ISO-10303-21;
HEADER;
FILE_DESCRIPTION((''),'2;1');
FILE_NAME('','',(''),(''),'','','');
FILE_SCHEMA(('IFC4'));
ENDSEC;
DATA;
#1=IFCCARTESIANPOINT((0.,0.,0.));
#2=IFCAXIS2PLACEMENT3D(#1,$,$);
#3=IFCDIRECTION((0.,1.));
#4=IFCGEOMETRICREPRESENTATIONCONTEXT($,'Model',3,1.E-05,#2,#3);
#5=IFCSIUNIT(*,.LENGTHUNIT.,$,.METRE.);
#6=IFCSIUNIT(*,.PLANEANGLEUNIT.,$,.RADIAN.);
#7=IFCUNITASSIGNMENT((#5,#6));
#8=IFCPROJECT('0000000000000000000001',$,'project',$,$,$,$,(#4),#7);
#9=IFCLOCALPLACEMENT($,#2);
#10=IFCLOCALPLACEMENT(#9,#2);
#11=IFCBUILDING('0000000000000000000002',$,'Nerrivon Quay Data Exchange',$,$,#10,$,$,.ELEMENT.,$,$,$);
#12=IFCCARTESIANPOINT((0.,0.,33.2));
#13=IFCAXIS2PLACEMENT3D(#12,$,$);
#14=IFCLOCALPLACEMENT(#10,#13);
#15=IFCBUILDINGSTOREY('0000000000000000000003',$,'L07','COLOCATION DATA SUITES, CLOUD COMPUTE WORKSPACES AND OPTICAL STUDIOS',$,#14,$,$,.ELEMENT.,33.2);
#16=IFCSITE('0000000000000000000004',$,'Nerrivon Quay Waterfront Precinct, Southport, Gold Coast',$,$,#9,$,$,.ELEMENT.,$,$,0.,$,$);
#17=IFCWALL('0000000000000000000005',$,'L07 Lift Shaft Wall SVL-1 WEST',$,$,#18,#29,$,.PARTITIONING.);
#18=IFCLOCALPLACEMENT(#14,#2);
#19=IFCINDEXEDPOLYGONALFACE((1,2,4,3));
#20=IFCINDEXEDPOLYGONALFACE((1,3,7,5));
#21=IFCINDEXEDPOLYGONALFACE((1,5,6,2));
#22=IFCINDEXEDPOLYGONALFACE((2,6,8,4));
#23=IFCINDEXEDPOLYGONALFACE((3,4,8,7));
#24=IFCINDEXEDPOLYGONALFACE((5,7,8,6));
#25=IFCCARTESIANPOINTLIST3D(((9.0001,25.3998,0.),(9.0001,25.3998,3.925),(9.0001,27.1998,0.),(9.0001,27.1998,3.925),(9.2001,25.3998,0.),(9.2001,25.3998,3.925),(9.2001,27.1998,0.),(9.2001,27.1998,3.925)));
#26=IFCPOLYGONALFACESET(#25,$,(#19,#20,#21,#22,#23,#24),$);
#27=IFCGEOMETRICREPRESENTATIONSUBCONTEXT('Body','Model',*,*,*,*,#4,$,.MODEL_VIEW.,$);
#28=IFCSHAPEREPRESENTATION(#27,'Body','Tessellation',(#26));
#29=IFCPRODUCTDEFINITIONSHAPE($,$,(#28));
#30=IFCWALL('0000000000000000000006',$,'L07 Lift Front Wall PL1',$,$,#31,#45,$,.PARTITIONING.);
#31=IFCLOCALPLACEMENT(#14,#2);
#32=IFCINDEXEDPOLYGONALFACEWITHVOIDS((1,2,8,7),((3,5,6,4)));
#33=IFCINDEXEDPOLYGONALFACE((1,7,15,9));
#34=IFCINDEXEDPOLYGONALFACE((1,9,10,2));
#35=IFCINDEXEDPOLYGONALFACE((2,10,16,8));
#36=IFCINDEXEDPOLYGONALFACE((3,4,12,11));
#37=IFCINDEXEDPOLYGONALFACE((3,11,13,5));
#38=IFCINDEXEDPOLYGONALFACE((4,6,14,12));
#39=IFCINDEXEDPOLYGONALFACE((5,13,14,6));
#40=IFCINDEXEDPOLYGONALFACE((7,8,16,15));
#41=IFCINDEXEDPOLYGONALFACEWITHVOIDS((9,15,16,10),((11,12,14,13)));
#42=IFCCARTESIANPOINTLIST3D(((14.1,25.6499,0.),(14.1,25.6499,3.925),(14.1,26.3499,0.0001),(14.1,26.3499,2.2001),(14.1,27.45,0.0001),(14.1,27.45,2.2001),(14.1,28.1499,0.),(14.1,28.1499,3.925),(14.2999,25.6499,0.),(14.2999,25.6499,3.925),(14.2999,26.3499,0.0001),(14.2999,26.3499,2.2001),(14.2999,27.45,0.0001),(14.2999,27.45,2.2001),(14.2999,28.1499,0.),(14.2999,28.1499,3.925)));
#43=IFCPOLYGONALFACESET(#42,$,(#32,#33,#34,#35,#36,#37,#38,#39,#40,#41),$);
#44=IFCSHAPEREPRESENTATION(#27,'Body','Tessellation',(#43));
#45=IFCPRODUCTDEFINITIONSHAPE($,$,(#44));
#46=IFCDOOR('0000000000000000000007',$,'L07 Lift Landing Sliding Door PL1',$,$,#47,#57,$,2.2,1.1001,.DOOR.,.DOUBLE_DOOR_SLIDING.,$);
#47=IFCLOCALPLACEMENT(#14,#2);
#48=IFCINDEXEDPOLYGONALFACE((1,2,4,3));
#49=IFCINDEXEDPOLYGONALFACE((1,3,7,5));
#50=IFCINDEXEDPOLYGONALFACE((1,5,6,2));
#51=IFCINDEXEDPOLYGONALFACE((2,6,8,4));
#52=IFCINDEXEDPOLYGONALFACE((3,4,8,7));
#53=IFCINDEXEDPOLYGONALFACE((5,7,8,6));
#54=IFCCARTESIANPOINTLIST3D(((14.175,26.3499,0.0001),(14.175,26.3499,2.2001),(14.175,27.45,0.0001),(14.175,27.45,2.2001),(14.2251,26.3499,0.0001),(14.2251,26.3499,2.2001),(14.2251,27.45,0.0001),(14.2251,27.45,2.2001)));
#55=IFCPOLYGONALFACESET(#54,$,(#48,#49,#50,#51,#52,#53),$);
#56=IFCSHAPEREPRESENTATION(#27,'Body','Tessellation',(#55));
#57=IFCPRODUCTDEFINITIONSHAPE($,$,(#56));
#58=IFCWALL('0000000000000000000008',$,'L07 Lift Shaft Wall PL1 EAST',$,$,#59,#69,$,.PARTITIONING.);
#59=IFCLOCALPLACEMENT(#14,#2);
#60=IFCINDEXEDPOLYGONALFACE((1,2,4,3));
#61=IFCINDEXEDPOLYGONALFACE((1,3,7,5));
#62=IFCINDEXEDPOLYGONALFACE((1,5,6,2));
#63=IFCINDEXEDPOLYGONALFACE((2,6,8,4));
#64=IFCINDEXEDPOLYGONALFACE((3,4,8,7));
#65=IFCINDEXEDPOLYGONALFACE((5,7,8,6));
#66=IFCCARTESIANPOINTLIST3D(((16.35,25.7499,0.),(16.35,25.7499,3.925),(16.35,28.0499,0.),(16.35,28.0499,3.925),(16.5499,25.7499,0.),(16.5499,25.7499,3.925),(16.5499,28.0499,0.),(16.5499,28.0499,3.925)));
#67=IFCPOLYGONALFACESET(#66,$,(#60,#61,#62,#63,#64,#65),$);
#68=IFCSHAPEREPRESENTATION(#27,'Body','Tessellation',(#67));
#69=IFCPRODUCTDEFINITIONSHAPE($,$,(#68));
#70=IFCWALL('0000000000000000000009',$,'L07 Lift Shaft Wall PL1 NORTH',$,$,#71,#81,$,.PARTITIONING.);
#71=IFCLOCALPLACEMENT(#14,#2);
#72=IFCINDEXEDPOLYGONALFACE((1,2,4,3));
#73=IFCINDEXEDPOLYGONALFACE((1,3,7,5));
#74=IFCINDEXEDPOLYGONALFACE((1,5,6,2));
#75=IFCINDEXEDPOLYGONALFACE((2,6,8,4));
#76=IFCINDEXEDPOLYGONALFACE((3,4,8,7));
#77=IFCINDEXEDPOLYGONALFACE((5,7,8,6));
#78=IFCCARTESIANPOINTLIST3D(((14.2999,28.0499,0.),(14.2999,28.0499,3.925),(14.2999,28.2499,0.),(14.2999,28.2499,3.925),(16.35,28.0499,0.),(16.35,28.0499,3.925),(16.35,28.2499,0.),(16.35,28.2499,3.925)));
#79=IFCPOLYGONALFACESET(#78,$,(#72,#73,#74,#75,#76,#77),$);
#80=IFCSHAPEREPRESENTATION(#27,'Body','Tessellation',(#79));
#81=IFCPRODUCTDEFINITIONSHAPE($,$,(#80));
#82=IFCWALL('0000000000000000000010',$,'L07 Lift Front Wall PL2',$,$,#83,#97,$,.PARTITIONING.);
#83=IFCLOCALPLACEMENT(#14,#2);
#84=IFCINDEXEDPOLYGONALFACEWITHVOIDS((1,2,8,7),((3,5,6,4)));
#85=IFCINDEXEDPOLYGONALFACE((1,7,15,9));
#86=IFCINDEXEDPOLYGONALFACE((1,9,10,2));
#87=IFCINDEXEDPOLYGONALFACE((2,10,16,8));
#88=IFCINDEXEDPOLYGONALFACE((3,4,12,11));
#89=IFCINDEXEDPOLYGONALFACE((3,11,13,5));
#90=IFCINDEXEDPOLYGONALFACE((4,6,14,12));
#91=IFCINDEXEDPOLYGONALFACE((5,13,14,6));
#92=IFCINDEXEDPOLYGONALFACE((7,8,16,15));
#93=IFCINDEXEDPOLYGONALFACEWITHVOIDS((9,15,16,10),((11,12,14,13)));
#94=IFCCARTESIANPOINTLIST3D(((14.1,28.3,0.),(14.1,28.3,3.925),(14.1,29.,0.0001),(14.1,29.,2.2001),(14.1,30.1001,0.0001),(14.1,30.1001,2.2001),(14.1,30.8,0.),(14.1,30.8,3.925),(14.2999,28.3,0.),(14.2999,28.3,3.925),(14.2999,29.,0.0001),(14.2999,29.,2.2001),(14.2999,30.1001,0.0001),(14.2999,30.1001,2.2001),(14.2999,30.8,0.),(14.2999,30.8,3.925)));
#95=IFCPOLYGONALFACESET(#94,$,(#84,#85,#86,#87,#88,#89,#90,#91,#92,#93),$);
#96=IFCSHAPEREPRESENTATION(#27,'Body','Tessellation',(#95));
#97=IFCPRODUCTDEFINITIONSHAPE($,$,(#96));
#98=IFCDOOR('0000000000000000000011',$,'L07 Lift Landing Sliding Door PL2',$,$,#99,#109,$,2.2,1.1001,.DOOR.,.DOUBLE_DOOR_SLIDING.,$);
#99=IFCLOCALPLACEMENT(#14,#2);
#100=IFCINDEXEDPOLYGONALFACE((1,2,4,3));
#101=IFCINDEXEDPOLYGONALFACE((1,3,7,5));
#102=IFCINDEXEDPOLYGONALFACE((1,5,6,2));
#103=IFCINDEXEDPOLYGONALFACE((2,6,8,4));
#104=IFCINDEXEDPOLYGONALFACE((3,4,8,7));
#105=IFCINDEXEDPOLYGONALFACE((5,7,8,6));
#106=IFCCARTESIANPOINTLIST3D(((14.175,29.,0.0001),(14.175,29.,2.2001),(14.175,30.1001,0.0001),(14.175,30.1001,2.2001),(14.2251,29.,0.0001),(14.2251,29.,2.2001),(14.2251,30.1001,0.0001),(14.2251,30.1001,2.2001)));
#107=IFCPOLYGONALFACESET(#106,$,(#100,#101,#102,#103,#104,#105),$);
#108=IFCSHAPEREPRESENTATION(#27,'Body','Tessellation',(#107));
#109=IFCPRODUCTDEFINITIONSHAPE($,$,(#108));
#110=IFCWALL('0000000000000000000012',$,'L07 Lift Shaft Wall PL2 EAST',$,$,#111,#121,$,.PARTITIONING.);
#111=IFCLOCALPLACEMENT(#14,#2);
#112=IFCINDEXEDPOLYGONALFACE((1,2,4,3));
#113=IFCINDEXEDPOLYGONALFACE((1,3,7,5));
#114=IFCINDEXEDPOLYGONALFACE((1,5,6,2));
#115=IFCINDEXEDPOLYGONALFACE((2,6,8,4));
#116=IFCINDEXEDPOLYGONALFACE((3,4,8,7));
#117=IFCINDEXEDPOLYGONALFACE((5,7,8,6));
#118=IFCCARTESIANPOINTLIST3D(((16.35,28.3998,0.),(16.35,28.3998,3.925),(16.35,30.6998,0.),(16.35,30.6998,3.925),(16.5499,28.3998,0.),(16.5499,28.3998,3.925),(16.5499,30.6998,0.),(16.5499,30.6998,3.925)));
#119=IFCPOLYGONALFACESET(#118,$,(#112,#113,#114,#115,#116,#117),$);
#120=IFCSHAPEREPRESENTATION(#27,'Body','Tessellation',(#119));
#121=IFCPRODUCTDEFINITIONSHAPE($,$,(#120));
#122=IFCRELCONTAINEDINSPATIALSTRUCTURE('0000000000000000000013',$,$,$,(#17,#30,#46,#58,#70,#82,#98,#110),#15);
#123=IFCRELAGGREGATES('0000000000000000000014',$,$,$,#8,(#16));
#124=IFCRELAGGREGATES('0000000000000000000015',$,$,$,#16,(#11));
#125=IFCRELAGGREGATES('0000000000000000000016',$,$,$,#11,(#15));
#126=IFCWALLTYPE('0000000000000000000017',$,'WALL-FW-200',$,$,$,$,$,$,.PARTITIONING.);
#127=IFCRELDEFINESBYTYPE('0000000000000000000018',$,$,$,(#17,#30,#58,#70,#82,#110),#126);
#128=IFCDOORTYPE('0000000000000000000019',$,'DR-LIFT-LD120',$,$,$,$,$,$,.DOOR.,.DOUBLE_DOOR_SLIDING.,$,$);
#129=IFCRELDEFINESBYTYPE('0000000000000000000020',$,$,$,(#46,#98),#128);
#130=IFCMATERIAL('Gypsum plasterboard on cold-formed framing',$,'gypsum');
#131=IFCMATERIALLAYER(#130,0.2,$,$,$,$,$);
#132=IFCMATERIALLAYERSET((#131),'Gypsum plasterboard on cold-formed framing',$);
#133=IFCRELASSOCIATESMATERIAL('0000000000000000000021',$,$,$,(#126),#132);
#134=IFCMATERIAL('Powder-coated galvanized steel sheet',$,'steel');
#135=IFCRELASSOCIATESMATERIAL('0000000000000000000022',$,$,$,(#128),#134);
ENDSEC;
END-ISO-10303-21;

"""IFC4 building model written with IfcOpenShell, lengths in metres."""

from ifc_helpers import new_model, si_unit, direction, frame, frame_2d, origin, place, context, subcontext, project, spatial, rectangle, extrude, material, layer, layer_set, type_object, element, fill, save


model = new_model("IFC4")

# Units and contexts
model_context = context("Model", 3, precision=1e-05, world=origin(), true_north=direction((0.0, 1.0)))
body_context = subcontext(model_context, "Body", "Model", "MODEL_VIEW")
ifc_project = project(units=[si_unit("LENGTHUNIT", "METRE"), si_unit("PLANEANGLEUNIT", "RADIAN")], contexts=[model_context])

# Site, building, storey
site_placement = place(None, origin())
site = spatial("IfcSite", under=ifc_project, at=site_placement, Name="Nerrivon Quay Waterfront Precinct, Southport, Gold Coast", CompositionType="ELEMENT", RefElevation=0.0)
building_placement = place(site_placement, origin())
building = spatial("IfcBuilding", under=site, at=building_placement, Name="Nerrivon Quay Data Exchange", CompositionType="ELEMENT")
storey_placement = place(building_placement, frame((0.0, 0.0, 33.2)))
storey = spatial("IfcBuildingStorey", under=building, at=storey_placement, Name="L07", Description="COLOCATION DATA SUITES, CLOUD COMPUTE WORKSPACES AND OPTICAL STUDIOS", CompositionType="ELEMENT", Elevation=33.2)

# Shared definitions
ifc_material_1 = material(Name="Gypsum plasterboard on cold-formed framing", Category="gypsum")
ifc_layer = layer(ifc_material_1, 0.2)
ifc_layer_set = layer_set([ifc_layer], Name="Gypsum plasterboard on cold-formed framing")
wall_type = type_object("IfcWallType", Name="WALL-FW-200", PredefinedType="PARTITIONING", material=ifc_layer_set)
ifc_material_2 = material(Name="Powder-coated galvanized steel sheet", Category="steel")
door_type = type_object("IfcDoorType", Name="DR-LIFT-LD120", OperationType="DOUBLE_DOOR_SLIDING", PredefinedType="DOOR", material=ifc_material_2)

# Wall
wall_1_placement = place(storey_placement, frame((9.1001, 25.3999, 0.0), z_axis=(0.0, 0.0, 1.0), x_axis=(0.0, 1.0, 0.0)))
element("IfcWall", 1, at=wall_1_placement, inside=storey, type_object=wall_type, Name="L07 Lift Shaft Wall SVL-1 WEST", PredefinedType="PARTITIONING", context=body_context, shape_type="SweptSolid", body=[
    extrude(rectangle(XDim=1.8, YDim=0.2, at=frame_2d((0.8999, 0.0))), origin(), (0.0, 0.0, 1.0), 3.925),
])

# Wall, opening, door
wall_2_placement = place(storey_placement, frame((14.2, 25.6499, 0.0), z_axis=(0.0, 0.0, 1.0), x_axis=(0.0, 1.0, 0.0)))
wall_2 = element("IfcWall", 2, at=wall_2_placement, inside=storey, type_object=wall_type, Name="L07 Lift Front Wall PL1", PredefinedType="PARTITIONING", context=body_context, shape_type="SweptSolid", body=[
    extrude(rectangle(XDim=2.5, YDim=0.2, at=frame_2d((1.25, 0.0))), origin(), (0.0, 0.0, 1.0), 3.925),
])
opening_1_placement = place(wall_2_placement, frame((0.7, 0.0, 0.0)))
opening_1 = element("IfcOpeningElement", 3, at=opening_1_placement, cuts=wall_2, PredefinedType="OPENING", context=body_context, shape_type="SweptSolid", body=[
    extrude(rectangle(XDim=1.1001, YDim=2.2, at=frame_2d((0.55, 1.1001))), frame((0.0, 0.1099, 0.0), z_axis=(0.0, -1.0, 0.0), x_axis=(1.0, 0.0, 0.0)), (0.0, 0.0, 1.0), 0.22),
])
door_1_placement = place(opening_1_placement, origin())
door_1 = element("IfcDoor", 4, at=door_1_placement, inside=storey, type_object=door_type, Name="L07 Lift Landing Sliding Door PL1", OperationType="DOUBLE_DOOR_SLIDING", OverallHeight=2.2, OverallWidth=1.1001, PredefinedType="DOOR", context=body_context, shape_type="SweptSolid", body=[
    extrude(rectangle(XDim=1.1001, YDim=2.2, at=frame_2d((0.55, 1.1001))), frame((0.0, 0.0249, 0.0), z_axis=(0.0, -1.0, 0.0), x_axis=(1.0, 0.0, 0.0)), (0.0, 0.0, 1.0), 0.05),
])
fill(opening_1, door_1)

# Walls
wall_3_placement = place(storey_placement, frame((16.45, 25.75, 0.0), z_axis=(0.0, 0.0, 1.0), x_axis=(0.0, 1.0, 0.0)))
element("IfcWall", 5, at=wall_3_placement, inside=storey, type_object=wall_type, Name="L07 Lift Shaft Wall PL1 EAST", PredefinedType="PARTITIONING", context=body_context, shape_type="SweptSolid", body=[
    extrude(rectangle(XDim=2.3, YDim=0.2, at=frame_2d((1.1499, 0.0))), origin(), (0.0, 0.0, 1.0), 3.925),
])
wall_4_placement = place(storey_placement, frame((14.3, 28.1499, 0.0), z_axis=(0.0, 0.0, 1.0), x_axis=(1.0, 0.0, 0.0)))
element("IfcWall", 6, at=wall_4_placement, inside=storey, type_object=wall_type, Name="L07 Lift Shaft Wall PL1 NORTH", PredefinedType="PARTITIONING", context=body_context, shape_type="SweptSolid", body=[
    extrude(rectangle(XDim=2.05, YDim=0.2, at=frame_2d((1.0249, 0.0))), origin(), (0.0, 0.0, 1.0), 3.925),
])

# Wall, opening, door
wall_5_placement = place(storey_placement, frame((14.2, 28.3, 0.0), z_axis=(0.0, 0.0, 1.0), x_axis=(0.0, 1.0, 0.0)))
wall_5 = element("IfcWall", 7, at=wall_5_placement, inside=storey, type_object=wall_type, Name="L07 Lift Front Wall PL2", PredefinedType="PARTITIONING", context=body_context, shape_type="SweptSolid", body=[
    extrude(rectangle(XDim=2.5, YDim=0.2, at=frame_2d((1.25, 0.0))), origin(), (0.0, 0.0, 1.0), 3.925),
])
opening_2_placement = place(wall_5_placement, frame((0.7, 0.0, 0.0)))
opening_2 = element("IfcOpeningElement", 8, at=opening_2_placement, cuts=wall_5, PredefinedType="OPENING", context=body_context, shape_type="SweptSolid", body=[
    extrude(rectangle(XDim=1.1001, YDim=2.2, at=frame_2d((0.55, 1.1001))), frame((0.0, 0.1099, 0.0), z_axis=(0.0, -1.0, 0.0), x_axis=(1.0, 0.0, 0.0)), (0.0, 0.0, 1.0), 0.22),
])
door_2_placement = place(opening_2_placement, origin())
door_2 = element("IfcDoor", 9, at=door_2_placement, inside=storey, type_object=door_type, Name="L07 Lift Landing Sliding Door PL2", OperationType="DOUBLE_DOOR_SLIDING", OverallHeight=2.2, OverallWidth=1.1001, PredefinedType="DOOR", context=body_context, shape_type="SweptSolid", body=[
    extrude(rectangle(XDim=1.1001, YDim=2.2, at=frame_2d((0.55, 1.1001))), frame((0.0, 0.0249, 0.0), z_axis=(0.0, -1.0, 0.0), x_axis=(1.0, 0.0, 0.0)), (0.0, 0.0, 1.0), 0.05),
])
fill(opening_2, door_2)

# Wall
wall_6_placement = place(storey_placement, frame((16.45, 28.3999, 0.0), z_axis=(0.0, 0.0, 1.0), x_axis=(0.0, 1.0, 0.0)))
element("IfcWall", 10, at=wall_6_placement, inside=storey, type_object=wall_type, Name="L07 Lift Shaft Wall PL2 EAST", PredefinedType="PARTITIONING", context=body_context, shape_type="SweptSolid", body=[
    extrude(rectangle(XDim=2.3, YDim=0.2, at=frame_2d((1.1499, 0.0))), origin(), (0.0, 0.0, 1.0), 3.925),
])

save(model, "model.ifc")
